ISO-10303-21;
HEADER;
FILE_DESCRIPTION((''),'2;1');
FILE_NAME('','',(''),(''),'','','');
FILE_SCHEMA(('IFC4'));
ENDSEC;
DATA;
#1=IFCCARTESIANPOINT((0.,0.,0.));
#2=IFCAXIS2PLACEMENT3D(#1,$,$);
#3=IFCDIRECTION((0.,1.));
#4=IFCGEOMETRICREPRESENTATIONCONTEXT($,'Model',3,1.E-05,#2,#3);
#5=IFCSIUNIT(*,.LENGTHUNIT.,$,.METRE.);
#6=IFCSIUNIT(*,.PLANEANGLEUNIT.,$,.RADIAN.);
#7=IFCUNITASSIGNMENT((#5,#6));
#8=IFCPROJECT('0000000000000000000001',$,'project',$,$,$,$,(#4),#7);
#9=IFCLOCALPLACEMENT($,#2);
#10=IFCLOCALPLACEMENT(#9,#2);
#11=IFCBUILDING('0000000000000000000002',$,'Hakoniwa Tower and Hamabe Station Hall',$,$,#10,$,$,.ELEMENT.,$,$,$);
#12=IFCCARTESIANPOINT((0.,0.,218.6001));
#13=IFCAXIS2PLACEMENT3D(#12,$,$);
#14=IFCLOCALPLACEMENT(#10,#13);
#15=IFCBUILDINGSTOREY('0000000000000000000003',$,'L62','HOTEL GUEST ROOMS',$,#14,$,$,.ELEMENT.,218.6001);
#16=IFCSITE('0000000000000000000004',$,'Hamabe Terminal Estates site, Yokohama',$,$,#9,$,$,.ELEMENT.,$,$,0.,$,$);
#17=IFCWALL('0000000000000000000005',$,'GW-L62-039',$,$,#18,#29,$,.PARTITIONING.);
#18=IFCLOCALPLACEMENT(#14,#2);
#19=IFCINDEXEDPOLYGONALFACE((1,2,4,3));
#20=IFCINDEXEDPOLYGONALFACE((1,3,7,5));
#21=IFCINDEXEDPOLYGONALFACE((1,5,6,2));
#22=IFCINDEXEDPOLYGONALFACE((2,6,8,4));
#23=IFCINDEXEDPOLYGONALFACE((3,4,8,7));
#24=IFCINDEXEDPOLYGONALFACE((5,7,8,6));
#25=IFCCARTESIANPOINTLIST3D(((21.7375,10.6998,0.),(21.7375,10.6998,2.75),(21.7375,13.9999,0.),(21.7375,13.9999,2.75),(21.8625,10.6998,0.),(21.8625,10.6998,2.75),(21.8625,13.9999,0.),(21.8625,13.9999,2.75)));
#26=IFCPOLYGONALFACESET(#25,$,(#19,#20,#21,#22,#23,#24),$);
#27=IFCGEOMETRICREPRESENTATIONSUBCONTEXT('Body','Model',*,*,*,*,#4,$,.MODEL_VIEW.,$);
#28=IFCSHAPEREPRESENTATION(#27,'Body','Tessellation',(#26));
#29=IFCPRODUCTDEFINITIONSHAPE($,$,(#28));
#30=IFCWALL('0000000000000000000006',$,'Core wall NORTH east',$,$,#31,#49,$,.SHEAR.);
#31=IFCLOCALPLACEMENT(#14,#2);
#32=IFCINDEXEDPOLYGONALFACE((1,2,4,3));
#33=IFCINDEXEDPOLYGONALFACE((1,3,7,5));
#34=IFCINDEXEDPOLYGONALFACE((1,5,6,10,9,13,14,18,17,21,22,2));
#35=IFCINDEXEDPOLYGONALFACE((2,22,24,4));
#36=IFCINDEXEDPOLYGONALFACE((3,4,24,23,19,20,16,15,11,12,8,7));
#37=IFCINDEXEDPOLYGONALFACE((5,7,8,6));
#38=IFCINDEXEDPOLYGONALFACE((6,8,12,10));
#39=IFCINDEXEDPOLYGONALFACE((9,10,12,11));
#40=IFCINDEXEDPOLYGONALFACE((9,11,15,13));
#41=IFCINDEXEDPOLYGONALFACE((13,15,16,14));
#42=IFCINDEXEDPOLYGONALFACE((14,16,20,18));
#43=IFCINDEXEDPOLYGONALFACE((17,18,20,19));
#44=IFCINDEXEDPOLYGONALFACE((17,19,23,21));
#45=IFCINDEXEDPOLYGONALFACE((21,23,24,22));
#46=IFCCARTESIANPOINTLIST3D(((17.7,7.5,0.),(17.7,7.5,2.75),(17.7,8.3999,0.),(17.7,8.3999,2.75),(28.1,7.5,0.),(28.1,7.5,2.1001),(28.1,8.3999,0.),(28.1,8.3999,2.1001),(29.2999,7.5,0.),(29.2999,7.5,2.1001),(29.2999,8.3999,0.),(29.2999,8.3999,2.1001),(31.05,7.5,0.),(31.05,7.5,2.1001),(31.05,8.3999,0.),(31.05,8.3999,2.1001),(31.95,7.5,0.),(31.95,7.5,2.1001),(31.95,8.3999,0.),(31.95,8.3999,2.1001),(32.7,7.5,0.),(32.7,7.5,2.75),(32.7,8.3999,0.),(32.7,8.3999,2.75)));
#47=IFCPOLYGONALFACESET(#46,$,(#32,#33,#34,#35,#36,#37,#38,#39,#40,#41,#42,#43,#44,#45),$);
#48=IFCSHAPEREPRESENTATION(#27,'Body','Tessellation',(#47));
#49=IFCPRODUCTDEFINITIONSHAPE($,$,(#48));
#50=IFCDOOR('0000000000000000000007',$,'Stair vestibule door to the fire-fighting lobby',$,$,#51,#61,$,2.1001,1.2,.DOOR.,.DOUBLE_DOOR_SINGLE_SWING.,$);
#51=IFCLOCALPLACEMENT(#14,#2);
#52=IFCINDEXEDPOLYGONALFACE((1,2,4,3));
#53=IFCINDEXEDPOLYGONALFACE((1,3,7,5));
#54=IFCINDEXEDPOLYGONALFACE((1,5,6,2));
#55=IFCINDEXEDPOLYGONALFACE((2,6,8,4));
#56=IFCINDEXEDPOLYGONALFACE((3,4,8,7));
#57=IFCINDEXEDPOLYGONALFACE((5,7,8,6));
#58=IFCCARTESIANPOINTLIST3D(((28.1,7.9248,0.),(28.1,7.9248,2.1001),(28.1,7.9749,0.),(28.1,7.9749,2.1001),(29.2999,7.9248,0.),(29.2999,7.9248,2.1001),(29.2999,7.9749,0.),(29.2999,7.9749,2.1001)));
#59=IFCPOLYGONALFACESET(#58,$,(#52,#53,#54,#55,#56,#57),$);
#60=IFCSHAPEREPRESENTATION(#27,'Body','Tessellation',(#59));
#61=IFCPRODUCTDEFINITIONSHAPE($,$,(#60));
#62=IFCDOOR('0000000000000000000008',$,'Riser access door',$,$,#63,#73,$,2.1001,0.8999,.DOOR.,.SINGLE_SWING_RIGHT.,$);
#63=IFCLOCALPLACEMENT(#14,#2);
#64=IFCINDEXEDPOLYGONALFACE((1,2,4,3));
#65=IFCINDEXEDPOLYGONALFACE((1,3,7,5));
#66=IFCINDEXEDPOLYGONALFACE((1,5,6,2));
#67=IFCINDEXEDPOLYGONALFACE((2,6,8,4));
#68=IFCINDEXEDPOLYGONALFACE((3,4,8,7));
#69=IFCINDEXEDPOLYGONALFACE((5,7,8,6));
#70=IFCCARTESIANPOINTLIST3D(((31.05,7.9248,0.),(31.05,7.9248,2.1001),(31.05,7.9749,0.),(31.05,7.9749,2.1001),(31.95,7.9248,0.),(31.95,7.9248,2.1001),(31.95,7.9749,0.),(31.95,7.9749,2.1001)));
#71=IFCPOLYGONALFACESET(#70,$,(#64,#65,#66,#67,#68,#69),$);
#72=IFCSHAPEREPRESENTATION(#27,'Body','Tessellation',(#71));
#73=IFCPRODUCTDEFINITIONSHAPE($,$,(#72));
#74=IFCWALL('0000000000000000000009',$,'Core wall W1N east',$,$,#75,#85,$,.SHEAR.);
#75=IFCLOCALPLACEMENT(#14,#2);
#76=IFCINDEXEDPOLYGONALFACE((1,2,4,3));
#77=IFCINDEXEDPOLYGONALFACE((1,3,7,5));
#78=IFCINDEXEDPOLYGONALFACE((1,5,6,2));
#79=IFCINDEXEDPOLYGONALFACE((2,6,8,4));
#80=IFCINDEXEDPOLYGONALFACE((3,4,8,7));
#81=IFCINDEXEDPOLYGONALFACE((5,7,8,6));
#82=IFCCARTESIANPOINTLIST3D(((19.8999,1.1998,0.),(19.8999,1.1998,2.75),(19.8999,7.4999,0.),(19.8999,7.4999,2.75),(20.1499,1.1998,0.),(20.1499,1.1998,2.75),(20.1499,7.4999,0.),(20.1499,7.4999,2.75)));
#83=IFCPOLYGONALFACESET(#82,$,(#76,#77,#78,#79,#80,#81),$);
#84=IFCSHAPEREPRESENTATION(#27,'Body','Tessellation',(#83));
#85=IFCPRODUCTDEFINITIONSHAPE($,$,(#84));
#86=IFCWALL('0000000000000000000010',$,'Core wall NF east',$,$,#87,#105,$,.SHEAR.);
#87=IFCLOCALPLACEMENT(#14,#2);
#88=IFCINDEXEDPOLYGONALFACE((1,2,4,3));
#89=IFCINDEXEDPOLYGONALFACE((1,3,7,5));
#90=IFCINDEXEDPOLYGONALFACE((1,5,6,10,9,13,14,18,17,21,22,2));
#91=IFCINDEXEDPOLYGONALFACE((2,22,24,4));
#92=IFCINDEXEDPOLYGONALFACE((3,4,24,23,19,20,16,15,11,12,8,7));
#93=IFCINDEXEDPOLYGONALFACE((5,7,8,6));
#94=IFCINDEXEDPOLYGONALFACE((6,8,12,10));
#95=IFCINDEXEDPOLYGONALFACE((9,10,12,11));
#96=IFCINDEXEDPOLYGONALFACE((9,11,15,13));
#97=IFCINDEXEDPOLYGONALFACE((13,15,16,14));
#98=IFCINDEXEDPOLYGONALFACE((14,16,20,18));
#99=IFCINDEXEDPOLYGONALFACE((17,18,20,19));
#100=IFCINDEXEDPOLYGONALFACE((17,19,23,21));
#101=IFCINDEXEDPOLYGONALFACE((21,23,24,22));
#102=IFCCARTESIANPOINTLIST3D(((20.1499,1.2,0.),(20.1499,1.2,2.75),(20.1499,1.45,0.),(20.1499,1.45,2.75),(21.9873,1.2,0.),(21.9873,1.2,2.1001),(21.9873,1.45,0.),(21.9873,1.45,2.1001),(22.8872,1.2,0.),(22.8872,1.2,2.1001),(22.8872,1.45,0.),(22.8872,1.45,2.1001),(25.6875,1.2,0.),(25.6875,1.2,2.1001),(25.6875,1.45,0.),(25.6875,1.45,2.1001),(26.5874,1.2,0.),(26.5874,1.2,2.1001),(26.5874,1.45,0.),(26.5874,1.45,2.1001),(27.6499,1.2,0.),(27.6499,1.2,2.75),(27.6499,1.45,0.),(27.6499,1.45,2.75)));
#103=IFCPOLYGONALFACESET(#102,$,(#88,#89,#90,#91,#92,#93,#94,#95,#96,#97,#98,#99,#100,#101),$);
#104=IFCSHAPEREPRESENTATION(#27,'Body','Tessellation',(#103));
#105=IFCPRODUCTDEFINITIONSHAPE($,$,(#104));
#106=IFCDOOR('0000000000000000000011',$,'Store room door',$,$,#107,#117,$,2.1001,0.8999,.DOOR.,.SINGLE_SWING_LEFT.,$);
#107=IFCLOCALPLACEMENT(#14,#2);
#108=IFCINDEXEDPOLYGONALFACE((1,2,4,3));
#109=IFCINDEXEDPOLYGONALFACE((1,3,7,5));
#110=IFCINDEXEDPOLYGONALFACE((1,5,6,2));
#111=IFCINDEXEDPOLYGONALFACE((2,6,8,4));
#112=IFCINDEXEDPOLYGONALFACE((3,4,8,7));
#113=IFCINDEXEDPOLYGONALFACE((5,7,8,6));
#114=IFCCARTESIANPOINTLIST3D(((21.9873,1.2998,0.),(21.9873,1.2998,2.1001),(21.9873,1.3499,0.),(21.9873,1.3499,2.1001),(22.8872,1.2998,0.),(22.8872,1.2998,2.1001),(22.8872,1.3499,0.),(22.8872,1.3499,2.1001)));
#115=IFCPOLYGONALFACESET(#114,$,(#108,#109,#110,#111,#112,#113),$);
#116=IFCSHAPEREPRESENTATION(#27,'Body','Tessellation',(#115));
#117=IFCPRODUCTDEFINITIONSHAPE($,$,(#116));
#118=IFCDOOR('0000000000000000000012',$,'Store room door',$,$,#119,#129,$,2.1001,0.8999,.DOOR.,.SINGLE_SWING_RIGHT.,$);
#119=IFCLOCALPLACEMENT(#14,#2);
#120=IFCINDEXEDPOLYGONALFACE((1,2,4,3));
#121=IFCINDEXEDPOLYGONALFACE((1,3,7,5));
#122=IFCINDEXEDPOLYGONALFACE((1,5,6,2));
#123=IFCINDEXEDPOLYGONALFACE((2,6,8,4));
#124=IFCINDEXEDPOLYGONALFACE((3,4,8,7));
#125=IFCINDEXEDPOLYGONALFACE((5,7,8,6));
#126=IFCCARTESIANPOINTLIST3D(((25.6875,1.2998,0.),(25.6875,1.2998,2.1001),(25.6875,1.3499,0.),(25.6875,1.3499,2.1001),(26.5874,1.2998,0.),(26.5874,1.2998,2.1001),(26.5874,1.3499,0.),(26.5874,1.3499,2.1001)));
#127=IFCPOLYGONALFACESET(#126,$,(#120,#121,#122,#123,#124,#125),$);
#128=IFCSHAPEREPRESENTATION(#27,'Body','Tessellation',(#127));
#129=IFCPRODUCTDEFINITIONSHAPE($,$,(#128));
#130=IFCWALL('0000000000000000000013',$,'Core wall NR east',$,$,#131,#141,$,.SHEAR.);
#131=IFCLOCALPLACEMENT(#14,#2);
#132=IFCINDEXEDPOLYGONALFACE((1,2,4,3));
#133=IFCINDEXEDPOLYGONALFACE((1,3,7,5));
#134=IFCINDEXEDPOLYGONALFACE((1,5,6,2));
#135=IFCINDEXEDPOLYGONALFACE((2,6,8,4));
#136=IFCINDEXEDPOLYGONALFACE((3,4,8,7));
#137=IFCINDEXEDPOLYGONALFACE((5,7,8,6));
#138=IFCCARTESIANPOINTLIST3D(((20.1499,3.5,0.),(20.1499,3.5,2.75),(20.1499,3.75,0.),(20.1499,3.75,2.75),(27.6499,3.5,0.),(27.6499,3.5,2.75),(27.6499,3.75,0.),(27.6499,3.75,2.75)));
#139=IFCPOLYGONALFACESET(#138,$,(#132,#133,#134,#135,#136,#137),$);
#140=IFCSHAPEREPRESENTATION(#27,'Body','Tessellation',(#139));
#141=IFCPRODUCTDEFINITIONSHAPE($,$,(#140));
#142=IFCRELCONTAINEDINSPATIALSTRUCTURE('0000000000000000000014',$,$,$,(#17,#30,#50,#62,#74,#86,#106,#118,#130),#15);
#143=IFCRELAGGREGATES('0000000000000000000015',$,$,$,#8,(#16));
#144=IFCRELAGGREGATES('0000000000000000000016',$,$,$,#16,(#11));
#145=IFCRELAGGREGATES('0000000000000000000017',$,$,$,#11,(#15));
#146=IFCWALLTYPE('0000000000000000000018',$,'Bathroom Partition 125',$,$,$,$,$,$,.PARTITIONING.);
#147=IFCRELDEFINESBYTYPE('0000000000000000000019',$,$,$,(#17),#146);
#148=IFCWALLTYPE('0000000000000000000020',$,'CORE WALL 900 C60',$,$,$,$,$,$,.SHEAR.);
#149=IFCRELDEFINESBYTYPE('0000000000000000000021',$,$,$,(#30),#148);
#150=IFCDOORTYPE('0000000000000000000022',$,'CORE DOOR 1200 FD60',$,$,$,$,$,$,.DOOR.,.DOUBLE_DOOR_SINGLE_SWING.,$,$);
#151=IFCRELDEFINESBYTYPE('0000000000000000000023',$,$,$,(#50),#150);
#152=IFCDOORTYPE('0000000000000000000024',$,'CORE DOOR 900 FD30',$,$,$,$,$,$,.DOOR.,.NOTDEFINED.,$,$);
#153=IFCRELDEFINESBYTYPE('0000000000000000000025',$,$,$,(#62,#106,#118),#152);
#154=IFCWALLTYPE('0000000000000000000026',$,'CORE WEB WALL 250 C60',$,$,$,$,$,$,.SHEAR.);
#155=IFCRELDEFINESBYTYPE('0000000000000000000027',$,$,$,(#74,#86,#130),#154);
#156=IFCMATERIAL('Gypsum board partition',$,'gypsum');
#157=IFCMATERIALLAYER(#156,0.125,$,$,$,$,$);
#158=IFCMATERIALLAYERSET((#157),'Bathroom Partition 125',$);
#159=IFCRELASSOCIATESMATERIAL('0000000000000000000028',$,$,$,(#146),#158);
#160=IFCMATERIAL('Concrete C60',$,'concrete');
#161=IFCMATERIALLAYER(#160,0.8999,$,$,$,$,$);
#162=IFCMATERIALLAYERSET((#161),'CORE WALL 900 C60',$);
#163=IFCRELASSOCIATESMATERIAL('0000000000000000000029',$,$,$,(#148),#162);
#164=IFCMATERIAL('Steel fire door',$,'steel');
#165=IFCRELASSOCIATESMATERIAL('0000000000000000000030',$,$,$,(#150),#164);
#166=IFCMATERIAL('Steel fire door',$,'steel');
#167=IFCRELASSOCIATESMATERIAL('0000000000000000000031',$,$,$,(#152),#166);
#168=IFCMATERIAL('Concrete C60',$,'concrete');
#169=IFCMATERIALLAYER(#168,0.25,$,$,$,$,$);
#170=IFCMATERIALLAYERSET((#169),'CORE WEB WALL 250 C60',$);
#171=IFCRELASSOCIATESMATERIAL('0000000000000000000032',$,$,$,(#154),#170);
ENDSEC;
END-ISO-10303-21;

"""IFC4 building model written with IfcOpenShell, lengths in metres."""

from ifc_helpers import new_model, si_unit, direction, frame, frame_2d, origin, place, context, subcontext, project, spatial, rectangle, extrude, material, layer, layer_set, type_object, element, fill, save


model = new_model("IFC4")

# Units and contexts
model_context = context("Model", 3, precision=1e-05, world=origin(), true_north=direction((0.0, 1.0)))
body_context = subcontext(model_context, "Body", "Model", "MODEL_VIEW")
ifc_project = project(units=[si_unit("LENGTHUNIT", "METRE"), si_unit("PLANEANGLEUNIT", "RADIAN")], contexts=[model_context])

# Site, building, storey
site_placement = place(None, origin())
site = spatial("IfcSite", under=ifc_project, at=site_placement, Name="Hamabe Terminal Estates site, Yokohama", CompositionType="ELEMENT", RefElevation=0.0)
building_placement = place(site_placement, origin())
building = spatial("IfcBuilding", under=site, at=building_placement, Name="Hakoniwa Tower and Hamabe Station Hall", CompositionType="ELEMENT")
storey_placement = place(building_placement, frame((0.0, 0.0, 218.6001)))
storey = spatial("IfcBuildingStorey", under=building, at=storey_placement, Name="L62", Description="HOTEL GUEST ROOMS", CompositionType="ELEMENT", Elevation=218.6001)

# Shared definitions
ifc_material_1 = material(Name="Gypsum board partition", Category="gypsum")
ifc_layer_1 = layer(ifc_material_1, 0.125)
ifc_layer_set_1 = layer_set([ifc_layer_1], Name="Bathroom Partition 125")
wall_type_1 = type_object("IfcWallType", Name="Bathroom Partition 125", PredefinedType="PARTITIONING", material=ifc_layer_set_1)

# Wall
wall_1_placement = place(storey_placement, frame((21.8, 10.7, 0.0), z_axis=(0.0, 0.0, 1.0), x_axis=(0.0, 1.0, 0.0)))
element("IfcWall", 1, at=wall_1_placement, inside=storey, type_object=wall_type_1, Name="GW-L62-039", PredefinedType="PARTITIONING", context=body_context, shape_type="SweptSolid", body=[
    extrude(rectangle(XDim=3.3, YDim=0.125, at=frame_2d((1.6499, 0.0))), origin(), (0.0, 0.0, 1.0), 2.75),
])

# Wall, openings, doors
ifc_material_2 = material(Name="Concrete C60", Category="concrete")
ifc_layer_2 = layer(ifc_material_2, 0.8999)
ifc_layer_set_2 = layer_set([ifc_layer_2], Name="CORE WALL 900 C60")
wall_type_2 = type_object("IfcWallType", Name="CORE WALL 900 C60", PredefinedType="SHEAR", material=ifc_layer_set_2)
wall_2_placement = place(storey_placement, frame((17.7, 7.95, 0.0), z_axis=(0.0, 0.0, 1.0), x_axis=(1.0, 0.0, 0.0)))
wall_2 = element("IfcWall", 2, at=wall_2_placement, inside=storey, type_object=wall_type_2, Name="Core wall NORTH east", PredefinedType="SHEAR", context=body_context, shape_type="SweptSolid", body=[
    extrude(rectangle(XDim=15.0, YDim=0.8999, at=frame_2d((7.5, 0.0))), origin(), (0.0, 0.0, 1.0), 2.75),
])
opening_1_placement = place(wall_2_placement, frame((10.3999, 0.0, 0.0)))
opening_1 = element("IfcOpeningElement", 3, at=opening_1_placement, cuts=wall_2, PredefinedType="OPENING", context=body_context, shape_type="SweptSolid", body=[
    extrude(rectangle(XDim=1.2, YDim=2.1001, at=frame_2d((0.6001, 1.05))), frame((0.0, 0.46, 0.0), z_axis=(0.0, -1.0, 0.0), x_axis=(1.0, 0.0, 0.0)), (0.0, 0.0, 1.0), 0.9199),
])
opening_2_placement = place(wall_2_placement, frame((13.3501, 0.0, 0.0)))
opening_2 = element("IfcOpeningElement", 4, at=opening_2_placement, cuts=wall_2, PredefinedType="OPENING", context=body_context, shape_type="SweptSolid", body=[
    extrude(rectangle(XDim=0.8999, YDim=2.1001, at=frame_2d((0.45, 1.05))), frame((0.0, 0.46, 0.0), z_axis=(0.0, -1.0, 0.0), x_axis=(1.0, 0.0, 0.0)), (0.0, 0.0, 1.0), 0.9199),
])
ifc_material_3 = material(Name="Steel fire door", Category="steel")
door_type_1 = type_object("IfcDoorType", Name="CORE DOOR 1200 FD60", OperationType="DOUBLE_DOOR_SINGLE_SWING", PredefinedType="DOOR", material=ifc_material_3)
door_1_placement = place(opening_1_placement, origin())
door_1 = element("IfcDoor", 5, at=door_1_placement, inside=storey, type_object=door_type_1, Name="Stair vestibule door to the fire-fighting lobby", OperationType="DOUBLE_DOOR_SINGLE_SWING", OverallHeight=2.1001, OverallWidth=1.2, PredefinedType="DOOR", context=body_context, shape_type="SweptSolid", body=[
    extrude(rectangle(XDim=1.2, YDim=2.1001, at=frame_2d((0.6001, 1.05))), frame((0.0, 0.0249, 0.0), z_axis=(0.0, -1.0, 0.0), x_axis=(1.0, 0.0, 0.0)), (0.0, 0.0, 1.0), 0.05),
])
fill(opening_1, door_1)
ifc_material_4 = material(Name="Steel fire door", Category="steel")
door_type_2 = type_object("IfcDoorType", Name="CORE DOOR 900 FD30", OperationType="NOTDEFINED", PredefinedType="DOOR", material=ifc_material_4)
door_2_placement = place(opening_2_placement, origin())
door_2 = element("IfcDoor", 6, at=door_2_placement, inside=storey, type_object=door_type_2, Name="Riser access door", OperationType="SINGLE_SWING_RIGHT", OverallHeight=2.1001, OverallWidth=0.8999, PredefinedType="DOOR", context=body_context, shape_type="SweptSolid", body=[
    extrude(rectangle(XDim=0.8999, YDim=2.1001, at=frame_2d((0.45, 1.05))), frame((0.0, 0.0249, 0.0), z_axis=(0.0, -1.0, 0.0), x_axis=(1.0, 0.0, 0.0)), (0.0, 0.0, 1.0), 0.05),
])
fill(opening_2, door_2)

# Wall
ifc_material_5 = material(Name="Concrete C60", Category="concrete")
ifc_layer_3 = layer(ifc_material_5, 0.25)
ifc_layer_set_3 = layer_set([ifc_layer_3], Name="CORE WEB WALL 250 C60")
wall_type_3 = type_object("IfcWallType", Name="CORE WEB WALL 250 C60", PredefinedType="SHEAR", material=ifc_layer_set_3)
wall_3_placement = place(storey_placement, frame((20.0249, 1.2, 0.0), z_axis=(0.0, 0.0, 1.0), x_axis=(0.0, 1.0, 0.0)))
element("IfcWall", 7, at=wall_3_placement, inside=storey, type_object=wall_type_3, Name="Core wall W1N east", PredefinedType="SHEAR", context=body_context, shape_type="SweptSolid", body=[
    extrude(rectangle(XDim=6.3, YDim=0.25, at=frame_2d((3.1499, 0.0))), origin(), (0.0, 0.0, 1.0), 2.75),
])

# Wall, openings, doors
wall_4_placement = place(storey_placement, frame((20.1499, 1.325, 0.0), z_axis=(0.0, 0.0, 1.0), x_axis=(1.0, 0.0, 0.0)))
wall_4 = element("IfcWall", 8, at=wall_4_placement, inside=storey, type_object=wall_type_3, Name="Core wall NF east", PredefinedType="SHEAR", context=body_context, shape_type="SweptSolid", body=[
    extrude(rectangle(XDim=7.5, YDim=0.25, at=frame_2d((3.75, 0.0))), origin(), (0.0, 0.0, 1.0), 2.75),
])
opening_3_placement = place(wall_4_placement, frame((1.8374, 0.0, 0.0)))
opening_3 = element("IfcOpeningElement", 9, at=opening_3_placement, cuts=wall_4, PredefinedType="OPENING", context=body_context, shape_type="SweptSolid", body=[
    extrude(rectangle(XDim=0.8999, YDim=2.1001, at=frame_2d((0.45, 1.05))), frame((0.0, 0.135, 0.0), z_axis=(0.0, -1.0, 0.0), x_axis=(1.0, 0.0, 0.0)), (0.0, 0.0, 1.0), 0.27),
])
opening_4_placement = place(wall_4_placement, frame((5.5376, 0.0, 0.0)))
opening_4 = element("IfcOpeningElement", 10, at=opening_4_placement, cuts=wall_4, PredefinedType="OPENING", context=body_context, shape_type="SweptSolid", body=[
    extrude(rectangle(XDim=0.8999, YDim=2.1001, at=frame_2d((0.45, 1.05))), frame((0.0, 0.135, 0.0), z_axis=(0.0, -1.0, 0.0), x_axis=(1.0, 0.0, 0.0)), (0.0, 0.0, 1.0), 0.27),
])
door_3_placement = place(opening_3_placement, origin())
door_3 = element("IfcDoor", 11, at=door_3_placement, inside=storey, type_object=door_type_2, Name="Store room door", OperationType="SINGLE_SWING_LEFT", OverallHeight=2.1001, OverallWidth=0.8999, PredefinedType="DOOR", context=body_context, shape_type="SweptSolid", body=[
    extrude(rectangle(XDim=0.8999, YDim=2.1001, at=frame_2d((0.45, 1.05))), frame((0.0, 0.0249, 0.0), z_axis=(0.0, -1.0, 0.0), x_axis=(1.0, 0.0, 0.0)), (0.0, 0.0, 1.0), 0.05),
])
fill(opening_3, door_3)
door_4_placement = place(opening_4_placement, origin())
door_4 = element("IfcDoor", 12, at=door_4_placement, inside=storey, type_object=door_type_2, Name="Store room door", OperationType="SINGLE_SWING_RIGHT", OverallHeight=2.1001, OverallWidth=0.8999, PredefinedType="DOOR", context=body_context, shape_type="SweptSolid", body=[
    extrude(rectangle(XDim=0.8999, YDim=2.1001, at=frame_2d((0.45, 1.05))), frame((0.0, 0.0249, 0.0), z_axis=(0.0, -1.0, 0.0), x_axis=(1.0, 0.0, 0.0)), (0.0, 0.0, 1.0), 0.05),
])
fill(opening_4, door_4)

# Wall
wall_5_placement = place(storey_placement, frame((20.1499, 3.625, 0.0), z_axis=(0.0, 0.0, 1.0), x_axis=(1.0, 0.0, 0.0)))
element("IfcWall", 13, at=wall_5_placement, inside=storey, type_object=wall_type_3, Name="Core wall NR east", PredefinedType="SHEAR", context=body_context, shape_type="SweptSolid", body=[
    extrude(rectangle(XDim=7.5, YDim=0.25, at=frame_2d((3.75, 0.0))), origin(), (0.0, 0.0, 1.0), 2.75),
])

save(model, "model.ifc")
